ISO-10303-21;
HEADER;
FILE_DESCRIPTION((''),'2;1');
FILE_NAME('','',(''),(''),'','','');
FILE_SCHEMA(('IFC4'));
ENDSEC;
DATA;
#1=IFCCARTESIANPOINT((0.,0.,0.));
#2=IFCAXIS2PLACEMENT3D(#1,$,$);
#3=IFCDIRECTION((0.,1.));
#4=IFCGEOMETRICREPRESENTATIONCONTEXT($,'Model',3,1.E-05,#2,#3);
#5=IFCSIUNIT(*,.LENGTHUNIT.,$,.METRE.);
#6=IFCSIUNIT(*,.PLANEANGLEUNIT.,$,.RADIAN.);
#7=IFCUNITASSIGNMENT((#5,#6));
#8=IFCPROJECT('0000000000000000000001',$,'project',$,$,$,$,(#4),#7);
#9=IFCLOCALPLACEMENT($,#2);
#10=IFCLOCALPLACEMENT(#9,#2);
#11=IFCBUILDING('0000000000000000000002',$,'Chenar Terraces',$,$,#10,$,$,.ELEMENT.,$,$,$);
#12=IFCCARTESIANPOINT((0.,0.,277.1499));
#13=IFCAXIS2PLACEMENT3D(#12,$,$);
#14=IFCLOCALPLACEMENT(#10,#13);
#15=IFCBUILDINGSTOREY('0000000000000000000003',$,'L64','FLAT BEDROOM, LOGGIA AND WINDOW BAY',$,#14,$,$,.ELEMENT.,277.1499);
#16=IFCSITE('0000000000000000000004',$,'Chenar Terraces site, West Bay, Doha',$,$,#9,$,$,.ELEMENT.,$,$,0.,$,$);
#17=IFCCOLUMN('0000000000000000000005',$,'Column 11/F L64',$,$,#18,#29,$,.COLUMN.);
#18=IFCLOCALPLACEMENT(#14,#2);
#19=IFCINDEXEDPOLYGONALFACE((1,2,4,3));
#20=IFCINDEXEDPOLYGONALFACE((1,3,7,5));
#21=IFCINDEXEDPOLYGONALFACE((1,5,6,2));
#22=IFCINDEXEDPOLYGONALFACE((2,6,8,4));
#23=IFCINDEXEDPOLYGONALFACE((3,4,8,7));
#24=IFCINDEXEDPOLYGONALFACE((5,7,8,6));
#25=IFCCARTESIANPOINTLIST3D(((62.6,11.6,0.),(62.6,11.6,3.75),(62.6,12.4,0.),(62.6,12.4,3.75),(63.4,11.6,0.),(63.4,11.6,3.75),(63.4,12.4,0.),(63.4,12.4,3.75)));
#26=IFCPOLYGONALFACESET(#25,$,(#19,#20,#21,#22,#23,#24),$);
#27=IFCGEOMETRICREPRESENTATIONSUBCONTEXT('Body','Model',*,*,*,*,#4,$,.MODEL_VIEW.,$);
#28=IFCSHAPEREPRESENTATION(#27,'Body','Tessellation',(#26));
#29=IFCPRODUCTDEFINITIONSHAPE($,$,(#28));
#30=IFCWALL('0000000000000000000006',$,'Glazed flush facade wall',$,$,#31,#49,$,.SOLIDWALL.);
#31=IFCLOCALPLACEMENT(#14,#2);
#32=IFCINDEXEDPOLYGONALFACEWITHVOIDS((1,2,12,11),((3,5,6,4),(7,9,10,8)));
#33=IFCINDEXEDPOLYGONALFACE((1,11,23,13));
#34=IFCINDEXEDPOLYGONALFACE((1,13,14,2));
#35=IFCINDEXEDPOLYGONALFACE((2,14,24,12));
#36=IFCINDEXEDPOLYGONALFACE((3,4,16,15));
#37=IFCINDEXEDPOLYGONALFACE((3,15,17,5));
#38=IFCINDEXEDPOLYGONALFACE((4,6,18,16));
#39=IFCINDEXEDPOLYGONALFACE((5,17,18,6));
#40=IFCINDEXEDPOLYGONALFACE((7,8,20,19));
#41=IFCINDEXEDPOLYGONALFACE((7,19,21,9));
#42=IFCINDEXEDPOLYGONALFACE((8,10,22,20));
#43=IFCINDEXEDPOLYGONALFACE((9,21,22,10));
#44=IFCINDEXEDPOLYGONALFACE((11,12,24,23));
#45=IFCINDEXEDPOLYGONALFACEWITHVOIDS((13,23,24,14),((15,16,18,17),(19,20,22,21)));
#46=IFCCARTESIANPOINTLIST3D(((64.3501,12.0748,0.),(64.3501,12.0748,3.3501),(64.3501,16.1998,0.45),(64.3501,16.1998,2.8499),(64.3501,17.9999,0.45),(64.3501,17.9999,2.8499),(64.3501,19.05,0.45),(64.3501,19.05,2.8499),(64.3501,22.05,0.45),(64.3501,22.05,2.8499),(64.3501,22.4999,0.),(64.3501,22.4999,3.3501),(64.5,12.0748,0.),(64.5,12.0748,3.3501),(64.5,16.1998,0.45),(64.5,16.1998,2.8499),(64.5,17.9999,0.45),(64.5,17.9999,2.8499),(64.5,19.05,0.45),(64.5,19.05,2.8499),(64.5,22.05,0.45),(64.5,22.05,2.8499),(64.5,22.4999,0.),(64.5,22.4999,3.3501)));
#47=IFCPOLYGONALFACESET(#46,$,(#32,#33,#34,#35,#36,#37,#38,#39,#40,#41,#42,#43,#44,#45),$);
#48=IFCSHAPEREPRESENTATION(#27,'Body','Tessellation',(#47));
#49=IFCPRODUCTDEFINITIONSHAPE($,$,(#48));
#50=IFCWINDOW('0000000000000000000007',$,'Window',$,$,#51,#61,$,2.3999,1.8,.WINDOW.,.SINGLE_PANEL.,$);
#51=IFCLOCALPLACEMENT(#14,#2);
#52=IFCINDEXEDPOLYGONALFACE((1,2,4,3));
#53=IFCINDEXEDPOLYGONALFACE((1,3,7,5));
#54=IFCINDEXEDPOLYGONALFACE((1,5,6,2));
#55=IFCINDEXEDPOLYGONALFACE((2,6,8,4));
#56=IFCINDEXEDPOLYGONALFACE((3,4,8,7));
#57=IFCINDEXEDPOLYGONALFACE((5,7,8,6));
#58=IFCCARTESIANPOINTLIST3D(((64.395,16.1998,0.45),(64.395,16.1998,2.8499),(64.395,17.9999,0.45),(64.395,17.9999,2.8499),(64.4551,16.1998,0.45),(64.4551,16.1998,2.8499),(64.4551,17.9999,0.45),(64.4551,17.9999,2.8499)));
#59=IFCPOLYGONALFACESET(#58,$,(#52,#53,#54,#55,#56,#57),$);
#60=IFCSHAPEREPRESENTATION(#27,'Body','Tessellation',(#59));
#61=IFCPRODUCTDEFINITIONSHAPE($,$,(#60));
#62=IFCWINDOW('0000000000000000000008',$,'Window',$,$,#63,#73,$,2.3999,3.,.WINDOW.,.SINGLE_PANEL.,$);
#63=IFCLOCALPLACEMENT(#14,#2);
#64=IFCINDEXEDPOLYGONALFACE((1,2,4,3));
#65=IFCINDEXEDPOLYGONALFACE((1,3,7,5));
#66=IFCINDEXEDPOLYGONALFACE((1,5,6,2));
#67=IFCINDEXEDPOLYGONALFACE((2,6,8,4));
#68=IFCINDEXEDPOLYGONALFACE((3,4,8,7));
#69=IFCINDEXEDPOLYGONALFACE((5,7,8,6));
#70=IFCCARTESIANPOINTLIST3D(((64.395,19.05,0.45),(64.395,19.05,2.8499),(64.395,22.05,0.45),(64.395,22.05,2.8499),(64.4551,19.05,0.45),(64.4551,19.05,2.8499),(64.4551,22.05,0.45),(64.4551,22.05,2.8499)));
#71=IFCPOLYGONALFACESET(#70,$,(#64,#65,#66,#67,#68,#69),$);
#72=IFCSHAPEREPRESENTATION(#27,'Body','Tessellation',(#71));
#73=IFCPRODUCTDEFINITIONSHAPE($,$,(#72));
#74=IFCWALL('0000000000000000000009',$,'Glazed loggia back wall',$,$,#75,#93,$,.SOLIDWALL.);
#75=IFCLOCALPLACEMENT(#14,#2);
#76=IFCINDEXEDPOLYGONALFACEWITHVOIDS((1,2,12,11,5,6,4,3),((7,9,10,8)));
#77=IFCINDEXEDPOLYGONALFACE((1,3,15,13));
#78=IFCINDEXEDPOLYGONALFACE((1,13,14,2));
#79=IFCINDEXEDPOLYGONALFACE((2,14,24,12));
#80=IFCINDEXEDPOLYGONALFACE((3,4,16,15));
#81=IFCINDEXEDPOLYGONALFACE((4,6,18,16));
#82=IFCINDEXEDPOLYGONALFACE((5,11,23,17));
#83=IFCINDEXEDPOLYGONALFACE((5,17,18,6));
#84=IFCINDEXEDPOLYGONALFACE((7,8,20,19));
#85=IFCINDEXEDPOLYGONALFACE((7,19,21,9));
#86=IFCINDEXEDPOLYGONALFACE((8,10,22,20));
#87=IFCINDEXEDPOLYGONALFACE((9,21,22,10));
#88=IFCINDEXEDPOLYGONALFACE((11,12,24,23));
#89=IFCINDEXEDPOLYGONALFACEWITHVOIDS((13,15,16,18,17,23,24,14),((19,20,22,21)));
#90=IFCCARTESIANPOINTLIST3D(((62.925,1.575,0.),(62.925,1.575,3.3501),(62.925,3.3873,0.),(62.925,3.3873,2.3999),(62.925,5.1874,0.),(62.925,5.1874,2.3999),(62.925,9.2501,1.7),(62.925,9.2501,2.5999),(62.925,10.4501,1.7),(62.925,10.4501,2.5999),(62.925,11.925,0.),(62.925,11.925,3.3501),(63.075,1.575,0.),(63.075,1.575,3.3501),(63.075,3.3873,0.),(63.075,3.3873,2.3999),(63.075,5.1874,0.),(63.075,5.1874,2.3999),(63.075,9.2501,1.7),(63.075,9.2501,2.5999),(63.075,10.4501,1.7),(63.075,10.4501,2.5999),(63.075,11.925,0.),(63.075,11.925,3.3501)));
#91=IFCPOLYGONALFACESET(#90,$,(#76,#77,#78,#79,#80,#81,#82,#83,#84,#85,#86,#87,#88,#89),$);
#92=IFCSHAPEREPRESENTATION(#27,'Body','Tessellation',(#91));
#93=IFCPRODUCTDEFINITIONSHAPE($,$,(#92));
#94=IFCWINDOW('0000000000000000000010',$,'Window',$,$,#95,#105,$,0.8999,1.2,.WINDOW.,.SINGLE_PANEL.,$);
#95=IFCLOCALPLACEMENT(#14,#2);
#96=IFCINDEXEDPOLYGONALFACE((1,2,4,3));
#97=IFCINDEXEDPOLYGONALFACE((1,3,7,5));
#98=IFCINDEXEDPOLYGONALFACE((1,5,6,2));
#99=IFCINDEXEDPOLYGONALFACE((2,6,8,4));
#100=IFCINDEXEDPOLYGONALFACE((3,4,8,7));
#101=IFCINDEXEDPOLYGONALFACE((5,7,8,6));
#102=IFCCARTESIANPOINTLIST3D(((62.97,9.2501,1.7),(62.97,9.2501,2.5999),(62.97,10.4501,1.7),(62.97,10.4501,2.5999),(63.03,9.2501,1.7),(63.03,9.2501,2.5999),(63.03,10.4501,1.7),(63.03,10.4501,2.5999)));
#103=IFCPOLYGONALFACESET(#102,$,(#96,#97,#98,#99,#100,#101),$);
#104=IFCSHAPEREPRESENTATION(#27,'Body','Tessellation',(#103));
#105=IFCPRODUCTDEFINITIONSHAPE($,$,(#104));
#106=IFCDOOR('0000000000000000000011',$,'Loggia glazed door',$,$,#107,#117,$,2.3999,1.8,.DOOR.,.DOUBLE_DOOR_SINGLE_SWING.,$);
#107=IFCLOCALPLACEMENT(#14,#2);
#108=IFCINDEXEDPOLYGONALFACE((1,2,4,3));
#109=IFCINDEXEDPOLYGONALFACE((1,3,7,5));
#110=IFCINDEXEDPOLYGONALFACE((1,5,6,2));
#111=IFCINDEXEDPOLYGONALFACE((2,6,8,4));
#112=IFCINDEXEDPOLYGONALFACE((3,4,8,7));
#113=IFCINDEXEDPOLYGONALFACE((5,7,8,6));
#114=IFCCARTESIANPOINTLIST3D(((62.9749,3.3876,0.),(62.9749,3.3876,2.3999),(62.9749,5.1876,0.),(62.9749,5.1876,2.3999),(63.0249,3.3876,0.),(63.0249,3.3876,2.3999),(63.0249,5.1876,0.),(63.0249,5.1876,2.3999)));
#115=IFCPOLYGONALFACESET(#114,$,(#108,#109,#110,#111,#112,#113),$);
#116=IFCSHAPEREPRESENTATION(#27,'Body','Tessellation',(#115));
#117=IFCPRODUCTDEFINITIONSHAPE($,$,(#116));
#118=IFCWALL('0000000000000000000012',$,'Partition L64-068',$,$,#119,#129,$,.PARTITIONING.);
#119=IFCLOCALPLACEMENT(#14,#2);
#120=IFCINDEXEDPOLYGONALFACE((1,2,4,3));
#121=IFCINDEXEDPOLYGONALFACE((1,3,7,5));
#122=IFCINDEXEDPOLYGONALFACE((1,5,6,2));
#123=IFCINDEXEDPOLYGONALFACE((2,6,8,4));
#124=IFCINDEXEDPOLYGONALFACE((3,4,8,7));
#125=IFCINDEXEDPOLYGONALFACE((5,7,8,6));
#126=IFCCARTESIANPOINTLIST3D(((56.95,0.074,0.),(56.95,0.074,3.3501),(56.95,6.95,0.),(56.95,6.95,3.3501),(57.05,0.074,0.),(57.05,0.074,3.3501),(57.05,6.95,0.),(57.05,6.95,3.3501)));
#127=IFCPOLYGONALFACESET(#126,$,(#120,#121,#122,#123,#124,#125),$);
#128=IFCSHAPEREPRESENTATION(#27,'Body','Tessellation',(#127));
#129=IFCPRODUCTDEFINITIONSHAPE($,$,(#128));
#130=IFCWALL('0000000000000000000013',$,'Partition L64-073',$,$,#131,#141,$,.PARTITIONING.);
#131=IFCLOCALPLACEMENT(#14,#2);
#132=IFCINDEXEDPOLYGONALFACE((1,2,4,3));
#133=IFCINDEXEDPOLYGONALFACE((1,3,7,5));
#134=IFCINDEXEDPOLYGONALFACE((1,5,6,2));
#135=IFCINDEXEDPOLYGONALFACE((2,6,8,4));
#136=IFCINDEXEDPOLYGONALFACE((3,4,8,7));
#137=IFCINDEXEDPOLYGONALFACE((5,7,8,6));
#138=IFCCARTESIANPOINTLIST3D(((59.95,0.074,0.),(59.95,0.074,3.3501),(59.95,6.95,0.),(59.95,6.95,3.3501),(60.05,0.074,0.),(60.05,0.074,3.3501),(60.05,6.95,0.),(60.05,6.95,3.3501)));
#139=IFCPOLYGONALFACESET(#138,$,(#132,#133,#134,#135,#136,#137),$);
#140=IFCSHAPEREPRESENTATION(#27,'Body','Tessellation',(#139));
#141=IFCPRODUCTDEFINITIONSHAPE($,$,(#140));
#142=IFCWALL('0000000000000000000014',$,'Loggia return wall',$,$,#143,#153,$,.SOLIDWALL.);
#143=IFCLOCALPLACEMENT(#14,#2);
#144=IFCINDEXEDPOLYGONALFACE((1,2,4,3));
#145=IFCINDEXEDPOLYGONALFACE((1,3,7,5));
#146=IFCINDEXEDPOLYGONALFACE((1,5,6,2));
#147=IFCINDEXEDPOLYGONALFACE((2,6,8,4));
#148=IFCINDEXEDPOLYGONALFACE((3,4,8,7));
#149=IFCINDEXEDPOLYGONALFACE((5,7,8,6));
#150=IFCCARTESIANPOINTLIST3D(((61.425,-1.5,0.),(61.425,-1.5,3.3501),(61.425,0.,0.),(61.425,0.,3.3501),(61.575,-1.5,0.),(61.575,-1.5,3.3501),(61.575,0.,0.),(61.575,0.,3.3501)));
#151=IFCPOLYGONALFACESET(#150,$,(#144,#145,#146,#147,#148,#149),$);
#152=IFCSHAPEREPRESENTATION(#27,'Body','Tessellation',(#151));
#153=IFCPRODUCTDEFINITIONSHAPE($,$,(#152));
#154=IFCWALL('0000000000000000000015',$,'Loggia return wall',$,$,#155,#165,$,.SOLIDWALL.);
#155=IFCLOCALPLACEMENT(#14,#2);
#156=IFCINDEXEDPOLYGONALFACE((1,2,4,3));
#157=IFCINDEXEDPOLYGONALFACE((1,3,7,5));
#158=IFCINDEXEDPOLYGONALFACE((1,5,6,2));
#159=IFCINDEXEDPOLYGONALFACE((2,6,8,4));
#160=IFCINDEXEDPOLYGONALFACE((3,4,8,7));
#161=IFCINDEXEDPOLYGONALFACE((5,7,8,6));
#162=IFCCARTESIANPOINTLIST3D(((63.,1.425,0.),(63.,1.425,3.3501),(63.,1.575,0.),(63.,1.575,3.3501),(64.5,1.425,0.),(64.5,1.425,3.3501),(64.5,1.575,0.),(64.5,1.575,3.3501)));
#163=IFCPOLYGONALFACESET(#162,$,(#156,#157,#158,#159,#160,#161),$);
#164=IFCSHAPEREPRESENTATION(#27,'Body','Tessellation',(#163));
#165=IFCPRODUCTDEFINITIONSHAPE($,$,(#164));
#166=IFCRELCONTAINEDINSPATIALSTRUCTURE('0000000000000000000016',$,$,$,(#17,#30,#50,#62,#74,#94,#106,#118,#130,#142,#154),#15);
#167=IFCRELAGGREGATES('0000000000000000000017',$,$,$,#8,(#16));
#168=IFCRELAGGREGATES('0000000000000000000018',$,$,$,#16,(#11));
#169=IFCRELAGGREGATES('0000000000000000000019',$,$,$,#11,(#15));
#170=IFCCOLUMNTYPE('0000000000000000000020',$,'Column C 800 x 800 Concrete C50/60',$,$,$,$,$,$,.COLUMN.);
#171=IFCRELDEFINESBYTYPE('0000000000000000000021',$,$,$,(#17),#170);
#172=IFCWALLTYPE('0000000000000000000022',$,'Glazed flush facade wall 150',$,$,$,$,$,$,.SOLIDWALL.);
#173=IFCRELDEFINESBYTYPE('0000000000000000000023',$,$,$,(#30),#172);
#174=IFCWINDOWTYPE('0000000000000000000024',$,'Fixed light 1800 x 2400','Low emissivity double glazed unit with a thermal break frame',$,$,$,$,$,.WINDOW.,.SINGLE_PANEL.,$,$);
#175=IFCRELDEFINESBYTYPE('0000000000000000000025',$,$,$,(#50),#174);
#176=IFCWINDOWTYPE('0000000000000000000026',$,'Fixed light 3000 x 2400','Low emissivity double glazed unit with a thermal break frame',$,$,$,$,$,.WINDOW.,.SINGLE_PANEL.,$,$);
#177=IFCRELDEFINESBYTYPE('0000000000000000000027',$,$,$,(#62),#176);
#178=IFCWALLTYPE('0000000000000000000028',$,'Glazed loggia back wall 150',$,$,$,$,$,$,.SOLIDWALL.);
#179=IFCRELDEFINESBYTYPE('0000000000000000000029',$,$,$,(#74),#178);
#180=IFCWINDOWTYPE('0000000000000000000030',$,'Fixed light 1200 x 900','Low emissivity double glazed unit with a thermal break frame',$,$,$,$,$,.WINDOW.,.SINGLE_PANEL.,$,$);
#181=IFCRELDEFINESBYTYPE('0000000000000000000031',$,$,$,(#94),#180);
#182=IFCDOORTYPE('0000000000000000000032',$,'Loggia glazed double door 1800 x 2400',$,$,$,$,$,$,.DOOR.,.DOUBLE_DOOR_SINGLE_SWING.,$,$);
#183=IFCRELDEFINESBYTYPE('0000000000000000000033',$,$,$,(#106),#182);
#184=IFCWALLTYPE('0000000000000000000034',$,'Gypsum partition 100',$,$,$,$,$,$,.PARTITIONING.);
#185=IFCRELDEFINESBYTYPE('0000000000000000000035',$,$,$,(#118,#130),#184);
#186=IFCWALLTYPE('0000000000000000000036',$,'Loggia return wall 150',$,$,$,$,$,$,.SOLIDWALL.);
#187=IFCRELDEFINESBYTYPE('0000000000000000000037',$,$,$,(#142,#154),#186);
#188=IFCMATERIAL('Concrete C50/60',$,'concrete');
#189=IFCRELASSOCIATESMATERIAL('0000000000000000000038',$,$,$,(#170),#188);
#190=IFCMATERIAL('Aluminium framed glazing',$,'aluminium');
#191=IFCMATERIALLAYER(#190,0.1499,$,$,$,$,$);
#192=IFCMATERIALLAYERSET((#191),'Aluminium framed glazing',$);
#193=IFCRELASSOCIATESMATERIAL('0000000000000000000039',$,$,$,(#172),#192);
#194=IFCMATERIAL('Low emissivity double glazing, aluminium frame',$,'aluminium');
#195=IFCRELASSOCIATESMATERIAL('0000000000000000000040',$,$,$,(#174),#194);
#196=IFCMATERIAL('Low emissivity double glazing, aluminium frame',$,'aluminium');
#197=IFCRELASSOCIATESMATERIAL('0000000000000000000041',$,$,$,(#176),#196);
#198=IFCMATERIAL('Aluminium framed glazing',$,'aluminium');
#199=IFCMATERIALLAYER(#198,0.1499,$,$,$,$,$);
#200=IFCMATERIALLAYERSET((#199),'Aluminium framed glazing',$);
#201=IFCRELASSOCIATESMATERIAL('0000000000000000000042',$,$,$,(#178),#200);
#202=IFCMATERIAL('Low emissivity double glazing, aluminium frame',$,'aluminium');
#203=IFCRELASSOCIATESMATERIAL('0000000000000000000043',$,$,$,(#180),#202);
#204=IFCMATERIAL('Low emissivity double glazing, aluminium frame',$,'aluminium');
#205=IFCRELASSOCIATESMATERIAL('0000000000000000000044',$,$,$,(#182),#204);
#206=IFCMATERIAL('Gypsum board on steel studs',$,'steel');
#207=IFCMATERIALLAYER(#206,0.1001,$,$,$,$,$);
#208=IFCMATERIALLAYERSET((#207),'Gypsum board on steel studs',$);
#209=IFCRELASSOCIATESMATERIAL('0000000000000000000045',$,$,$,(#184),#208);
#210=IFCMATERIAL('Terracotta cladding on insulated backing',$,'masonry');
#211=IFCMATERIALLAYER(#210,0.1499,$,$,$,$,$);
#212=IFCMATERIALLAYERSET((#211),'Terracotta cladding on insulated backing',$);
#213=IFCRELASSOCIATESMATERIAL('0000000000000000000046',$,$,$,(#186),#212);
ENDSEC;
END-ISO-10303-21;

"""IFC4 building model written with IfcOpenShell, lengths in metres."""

from ifc_helpers import new_model, si_unit, direction, frame, frame_2d, origin, origin_2d, place, context, subcontext, project, spatial, rectangle, extrude, material, layer, layer_set, material_profile, profile_set, type_object, element, fill, save


model = new_model("IFC4")

# Units and contexts
model_context = context("Model", 3, precision=1e-05, world=origin(), true_north=direction((0.0, 1.0)))
body_context = subcontext(model_context, "Body", "Model", "MODEL_VIEW")
ifc_project = project(units=[si_unit("LENGTHUNIT", "METRE"), si_unit("PLANEANGLEUNIT", "RADIAN")], contexts=[model_context])

# Site, building, storey
site_placement = place(None, origin())
site = spatial("IfcSite", under=ifc_project, at=site_placement, Name="Chenar Terraces site, West Bay, Doha", CompositionType="ELEMENT", RefElevation=0.0)
building_placement = place(site_placement, origin())
building = spatial("IfcBuilding", under=site, at=building_placement, Name="Chenar Terraces", CompositionType="ELEMENT")
storey_placement = place(building_placement, frame((0.0, 0.0, 277.1499)))
storey = spatial("IfcBuildingStorey", under=building, at=storey_placement, Name="L64", Description="FLAT BEDROOM, LOGGIA AND WINDOW BAY", CompositionType="ELEMENT", Elevation=277.1499)

# Column
ifc_material_1 = material(Name="Concrete C50/60", Category="concrete")
ifc_material_profile = material_profile(ifc_material_1, rectangle(XDim=0.8, YDim=0.8, at=origin_2d()), Name="C 800 x 800")
ifc_profile_set = profile_set([ifc_material_profile], Name="Concrete C50/60")
column_type = type_object("IfcColumnType", Name="Column C 800 x 800 Concrete C50/60", PredefinedType="COLUMN", material=ifc_profile_set)
column_placement = place(storey_placement, frame((63.0, 12.0, 0.0), z_axis=(0.0, 0.0, 1.0), x_axis=(1.0, 0.0, 0.0)))
element("IfcColumn", 1, at=column_placement, inside=storey, type_object=column_type, Name="Column 11/F L64", PredefinedType="COLUMN", context=body_context, shape_type="SweptSolid", body=[
    extrude(rectangle(XDim=0.8, YDim=0.8, at=origin_2d()), origin(), (0.0, 0.0, 1.0), 3.75),
])

# Wall, openings, windows
ifc_material_2 = material(Name="Aluminium framed glazing", Category="aluminium")
ifc_layer_1 = layer(ifc_material_2, 0.1499)
ifc_layer_set_1 = layer_set([ifc_layer_1], Name="Aluminium framed glazing")
wall_type_1 = type_object("IfcWallType", Name="Glazed flush facade wall 150", PredefinedType="SOLIDWALL", material=ifc_layer_set_1)
wall_1_placement = place(storey_placement, frame((64.425, 12.075, 0.0), z_axis=(0.0, 0.0, 1.0), x_axis=(0.0, 1.0, 0.0)))
wall_1 = element("IfcWall", 2, at=wall_1_placement, inside=storey, type_object=wall_type_1, Name="Glazed flush facade wall", PredefinedType="SOLIDWALL", context=body_context, shape_type="SweptSolid", body=[
    extrude(rectangle(XDim=10.425, YDim=0.1499, at=frame_2d((5.2124, 0.0))), origin(), (0.0, 0.0, 1.0), 3.3501),
])
opening_1_placement = place(wall_1_placement, frame((4.125, 0.0, 0.45)))
opening_1 = element("IfcOpeningElement", 3, at=opening_1_placement, cuts=wall_1, PredefinedType="OPENING", context=body_context, shape_type="SweptSolid", body=[
    extrude(rectangle(XDim=1.8, YDim=2.3999, at=frame_2d((0.8999, 1.2))), frame((0.0, 0.085, 0.0), z_axis=(0.0, -1.0, 0.0), x_axis=(1.0, 0.0, 0.0)), (0.0, 0.0, 1.0), 0.1699),
])
opening_2_placement = place(wall_1_placement, frame((6.9751, 0.0, 0.45)))
opening_2 = element("IfcOpeningElement", 4, at=opening_2_placement, cuts=wall_1, PredefinedType="OPENING", context=body_context, shape_type="SweptSolid", body=[
    extrude(rectangle(XDim=3.0, YDim=2.3999, at=frame_2d((1.5, 1.2))), frame((0.0, 0.085, 0.0), z_axis=(0.0, -1.0, 0.0), x_axis=(1.0, 0.0, 0.0)), (0.0, 0.0, 1.0), 0.1699),
])
ifc_material_3 = material(Name="Low emissivity double glazing, aluminium frame", Category="aluminium")
window_type_1 = type_object("IfcWindowType", Name="Fixed light 1800 x 2400", Description="Low emissivity double glazed unit with a thermal break frame", PartitioningType="SINGLE_PANEL", PredefinedType="WINDOW", material=ifc_material_3)
window_1_placement = place(opening_1_placement, origin())
window_1 = element("IfcWindow", 5, at=window_1_placement, inside=storey, type_object=window_type_1, Name="Window", OverallHeight=2.3999, OverallWidth=1.8, PartitioningType="SINGLE_PANEL", PredefinedType="WINDOW", context=body_context, shape_type="SweptSolid", body=[
    extrude(rectangle(XDim=1.8, YDim=2.3999, at=frame_2d((0.8999, 1.2))), frame((0.0, 0.03, 0.0), z_axis=(0.0, -1.0, 0.0), x_axis=(1.0, 0.0, 0.0)), (0.0, 0.0, 1.0), 0.0601),
])
fill(opening_1, window_1)
ifc_material_4 = material(Name="Low emissivity double glazing, aluminium frame", Category="aluminium")
window_type_2 = type_object("IfcWindowType", Name="Fixed light 3000 x 2400", Description="Low emissivity double glazed unit with a thermal break frame", PartitioningType="SINGLE_PANEL", PredefinedType="WINDOW", material=ifc_material_4)
window_2_placement = place(opening_2_placement, origin())
window_2 = element("IfcWindow", 6, at=window_2_placement, inside=storey, type_object=window_type_2, Name="Window", OverallHeight=2.3999, OverallWidth=3.0, PartitioningType="SINGLE_PANEL", PredefinedType="WINDOW", context=body_context, shape_type="SweptSolid", body=[
    extrude(rectangle(XDim=3.0, YDim=2.3999, at=frame_2d((1.5, 1.2))), frame((0.0, 0.03, 0.0), z_axis=(0.0, -1.0, 0.0), x_axis=(1.0, 0.0, 0.0)), (0.0, 0.0, 1.0), 0.0601),
])
fill(opening_2, window_2)

# Wall, openings, window, door
ifc_material_5 = material(Name="Aluminium framed glazing", Category="aluminium")
ifc_layer_2 = layer(ifc_material_5, 0.1499)
ifc_layer_set_2 = layer_set([ifc_layer_2], Name="Aluminium framed glazing")
wall_type_2 = type_object("IfcWallType", Name="Glazed loggia back wall 150", PredefinedType="SOLIDWALL", material=ifc_layer_set_2)
wall_2_placement = place(storey_placement, frame((63.0, 1.575, 0.0), z_axis=(0.0, 0.0, 1.0), x_axis=(0.0, 1.0, 0.0)))
wall_2 = element("IfcWall", 7, at=wall_2_placement, inside=storey, type_object=wall_type_2, Name="Glazed loggia back wall", PredefinedType="SOLIDWALL", context=body_context, shape_type="SweptSolid", body=[
    extrude(rectangle(XDim=10.3501, YDim=0.1499, at=frame_2d((5.175, 0.0))), origin(), (0.0, 0.0, 1.0), 3.3501),
])
opening_3_placement = place(wall_2_placement, frame((1.8125, 0.0, 0.0)))
opening_3 = element("IfcOpeningElement", 8, at=opening_3_placement, cuts=wall_2, PredefinedType="OPENING", context=body_context, shape_type="SweptSolid", body=[
    extrude(rectangle(XDim=1.8, YDim=2.3999, at=frame_2d((0.8999, 1.2))), frame((0.0, 0.085, 0.0), z_axis=(0.0, -1.0, 0.0), x_axis=(1.0, 0.0, 0.0)), (0.0, 0.0, 1.0), 0.1699),
])
opening_4_placement = place(wall_2_placement, frame((7.675, 0.0, 1.7)))
opening_4 = element("IfcOpeningElement", 9, at=opening_4_placement, cuts=wall_2, PredefinedType="OPENING", context=body_context, shape_type="SweptSolid", body=[
    extrude(rectangle(XDim=1.2, YDim=0.8999, at=frame_2d((0.6001, 0.45))), frame((0.0, 0.085, 0.0), z_axis=(0.0, -1.0, 0.0), x_axis=(1.0, 0.0, 0.0)), (0.0, 0.0, 1.0), 0.1699),
])
ifc_material_6 = material(Name="Low emissivity double glazing, aluminium frame", Category="aluminium")
window_type_3 = type_object("IfcWindowType", Name="Fixed light 1200 x 900", Description="Low emissivity double glazed unit with a thermal break frame", PartitioningType="SINGLE_PANEL", PredefinedType="WINDOW", material=ifc_material_6)
window_3_placement = place(opening_4_placement, origin())
window_3 = element("IfcWindow", 10, at=window_3_placement, inside=storey, type_object=window_type_3, Name="Window", OverallHeight=0.8999, OverallWidth=1.2, PartitioningType="SINGLE_PANEL", PredefinedType="WINDOW", context=body_context, shape_type="SweptSolid", body=[
    extrude(rectangle(XDim=1.2, YDim=0.8999, at=frame_2d((0.6001, 0.45))), frame((0.0, 0.03, 0.0), z_axis=(0.0, -1.0, 0.0), x_axis=(1.0, 0.0, 0.0)), (0.0, 0.0, 1.0), 0.0601),
])
fill(opening_4, window_3)
ifc_material_7 = material(Name="Low emissivity double glazing, aluminium frame", Category="aluminium")
door_type_1 = type_object("IfcDoorType", Name="Loggia glazed double door 1800 x 2400", OperationType="DOUBLE_DOOR_SINGLE_SWING", PredefinedType="DOOR", material=ifc_material_7)
door_1_placement = place(opening_3_placement, frame((1.8, 0.0, 0.0), z_axis=(0.0, 0.0, 1.0), x_axis=(-1.0, 0.0, 0.0)))
door_1 = element("IfcDoor", 11, at=door_1_placement, inside=storey, type_object=door_type_1, Name="Loggia glazed door", OperationType="DOUBLE_DOOR_SINGLE_SWING", OverallHeight=2.3999, OverallWidth=1.8, PredefinedType="DOOR", context=body_context, shape_type="SweptSolid", body=[
    extrude(rectangle(XDim=1.8, YDim=2.3999, at=frame_2d((0.8999, 1.2))), frame((0.0, 0.0249, 0.0), z_axis=(0.0, -1.0, 0.0), x_axis=(1.0, 0.0, 0.0)), (0.0, 0.0, 1.0), 0.05),
])
fill(opening_3, door_1)

# Walls
ifc_material_8 = material(Name="Gypsum board on steel studs", Category="steel")
ifc_layer_3 = layer(ifc_material_8, 0.1001)
ifc_layer_set_3 = layer_set([ifc_layer_3], Name="Gypsum board on steel studs")
wall_type_3 = type_object("IfcWallType", Name="Gypsum partition 100", PredefinedType="PARTITIONING", material=ifc_layer_set_3)
for number, where, z_axis, x_axis, name in (
    (12, (57.0, 0.074, 0.0), (0.0, 0.0, 1.0), (0.0, 1.0, 0.0), "Partition L64-068"),
    (13, (60.0, 0.074, 0.0), (0.0, 0.0, 1.0), (0.0, 1.0, 0.0), "Partition L64-073"),
):
    element("IfcWall", number, at=place(storey_placement, frame(where, z_axis=z_axis, x_axis=x_axis)), inside=storey, type_object=wall_type_3, Name=name, PredefinedType="PARTITIONING", context=body_context, shape_type="SweptSolid", body=[
        extrude(rectangle(XDim=6.876, YDim=0.1001, at=frame_2d((3.438, 0.0))), origin(), (0.0, 0.0, 1.0), 3.3501),
    ])
ifc_material_9 = material(Name="Terracotta cladding on insulated backing", Category="masonry")
ifc_layer_4 = layer(ifc_material_9, 0.1499)
ifc_layer_set_4 = layer_set([ifc_layer_4], Name="Terracotta cladding on insulated backing")
wall_type_4 = type_object("IfcWallType", Name="Loggia return wall 150", PredefinedType="SOLIDWALL", material=ifc_layer_set_4)
for number, where, z_axis, x_axis, name in (
    (14, (61.5, -1.5, 0.0), (0.0, 0.0, 1.0), (0.0, 1.0, 0.0), "Loggia return wall"),
    (15, (64.5, 1.5, 0.0), (0.0, 0.0, 1.0), (-1.0, 0.0, 0.0), "Loggia return wall"),
):
    element("IfcWall", number, at=place(storey_placement, frame(where, z_axis=z_axis, x_axis=x_axis)), inside=storey, type_object=wall_type_4, Name=name, PredefinedType="SOLIDWALL", context=body_context, shape_type="SweptSolid", body=[
        extrude(rectangle(XDim=1.5, YDim=0.1499, at=frame_2d((0.75, 0.0))), origin(), (0.0, 0.0, 1.0), 3.3501),
    ])

save(model, "model.ifc")
